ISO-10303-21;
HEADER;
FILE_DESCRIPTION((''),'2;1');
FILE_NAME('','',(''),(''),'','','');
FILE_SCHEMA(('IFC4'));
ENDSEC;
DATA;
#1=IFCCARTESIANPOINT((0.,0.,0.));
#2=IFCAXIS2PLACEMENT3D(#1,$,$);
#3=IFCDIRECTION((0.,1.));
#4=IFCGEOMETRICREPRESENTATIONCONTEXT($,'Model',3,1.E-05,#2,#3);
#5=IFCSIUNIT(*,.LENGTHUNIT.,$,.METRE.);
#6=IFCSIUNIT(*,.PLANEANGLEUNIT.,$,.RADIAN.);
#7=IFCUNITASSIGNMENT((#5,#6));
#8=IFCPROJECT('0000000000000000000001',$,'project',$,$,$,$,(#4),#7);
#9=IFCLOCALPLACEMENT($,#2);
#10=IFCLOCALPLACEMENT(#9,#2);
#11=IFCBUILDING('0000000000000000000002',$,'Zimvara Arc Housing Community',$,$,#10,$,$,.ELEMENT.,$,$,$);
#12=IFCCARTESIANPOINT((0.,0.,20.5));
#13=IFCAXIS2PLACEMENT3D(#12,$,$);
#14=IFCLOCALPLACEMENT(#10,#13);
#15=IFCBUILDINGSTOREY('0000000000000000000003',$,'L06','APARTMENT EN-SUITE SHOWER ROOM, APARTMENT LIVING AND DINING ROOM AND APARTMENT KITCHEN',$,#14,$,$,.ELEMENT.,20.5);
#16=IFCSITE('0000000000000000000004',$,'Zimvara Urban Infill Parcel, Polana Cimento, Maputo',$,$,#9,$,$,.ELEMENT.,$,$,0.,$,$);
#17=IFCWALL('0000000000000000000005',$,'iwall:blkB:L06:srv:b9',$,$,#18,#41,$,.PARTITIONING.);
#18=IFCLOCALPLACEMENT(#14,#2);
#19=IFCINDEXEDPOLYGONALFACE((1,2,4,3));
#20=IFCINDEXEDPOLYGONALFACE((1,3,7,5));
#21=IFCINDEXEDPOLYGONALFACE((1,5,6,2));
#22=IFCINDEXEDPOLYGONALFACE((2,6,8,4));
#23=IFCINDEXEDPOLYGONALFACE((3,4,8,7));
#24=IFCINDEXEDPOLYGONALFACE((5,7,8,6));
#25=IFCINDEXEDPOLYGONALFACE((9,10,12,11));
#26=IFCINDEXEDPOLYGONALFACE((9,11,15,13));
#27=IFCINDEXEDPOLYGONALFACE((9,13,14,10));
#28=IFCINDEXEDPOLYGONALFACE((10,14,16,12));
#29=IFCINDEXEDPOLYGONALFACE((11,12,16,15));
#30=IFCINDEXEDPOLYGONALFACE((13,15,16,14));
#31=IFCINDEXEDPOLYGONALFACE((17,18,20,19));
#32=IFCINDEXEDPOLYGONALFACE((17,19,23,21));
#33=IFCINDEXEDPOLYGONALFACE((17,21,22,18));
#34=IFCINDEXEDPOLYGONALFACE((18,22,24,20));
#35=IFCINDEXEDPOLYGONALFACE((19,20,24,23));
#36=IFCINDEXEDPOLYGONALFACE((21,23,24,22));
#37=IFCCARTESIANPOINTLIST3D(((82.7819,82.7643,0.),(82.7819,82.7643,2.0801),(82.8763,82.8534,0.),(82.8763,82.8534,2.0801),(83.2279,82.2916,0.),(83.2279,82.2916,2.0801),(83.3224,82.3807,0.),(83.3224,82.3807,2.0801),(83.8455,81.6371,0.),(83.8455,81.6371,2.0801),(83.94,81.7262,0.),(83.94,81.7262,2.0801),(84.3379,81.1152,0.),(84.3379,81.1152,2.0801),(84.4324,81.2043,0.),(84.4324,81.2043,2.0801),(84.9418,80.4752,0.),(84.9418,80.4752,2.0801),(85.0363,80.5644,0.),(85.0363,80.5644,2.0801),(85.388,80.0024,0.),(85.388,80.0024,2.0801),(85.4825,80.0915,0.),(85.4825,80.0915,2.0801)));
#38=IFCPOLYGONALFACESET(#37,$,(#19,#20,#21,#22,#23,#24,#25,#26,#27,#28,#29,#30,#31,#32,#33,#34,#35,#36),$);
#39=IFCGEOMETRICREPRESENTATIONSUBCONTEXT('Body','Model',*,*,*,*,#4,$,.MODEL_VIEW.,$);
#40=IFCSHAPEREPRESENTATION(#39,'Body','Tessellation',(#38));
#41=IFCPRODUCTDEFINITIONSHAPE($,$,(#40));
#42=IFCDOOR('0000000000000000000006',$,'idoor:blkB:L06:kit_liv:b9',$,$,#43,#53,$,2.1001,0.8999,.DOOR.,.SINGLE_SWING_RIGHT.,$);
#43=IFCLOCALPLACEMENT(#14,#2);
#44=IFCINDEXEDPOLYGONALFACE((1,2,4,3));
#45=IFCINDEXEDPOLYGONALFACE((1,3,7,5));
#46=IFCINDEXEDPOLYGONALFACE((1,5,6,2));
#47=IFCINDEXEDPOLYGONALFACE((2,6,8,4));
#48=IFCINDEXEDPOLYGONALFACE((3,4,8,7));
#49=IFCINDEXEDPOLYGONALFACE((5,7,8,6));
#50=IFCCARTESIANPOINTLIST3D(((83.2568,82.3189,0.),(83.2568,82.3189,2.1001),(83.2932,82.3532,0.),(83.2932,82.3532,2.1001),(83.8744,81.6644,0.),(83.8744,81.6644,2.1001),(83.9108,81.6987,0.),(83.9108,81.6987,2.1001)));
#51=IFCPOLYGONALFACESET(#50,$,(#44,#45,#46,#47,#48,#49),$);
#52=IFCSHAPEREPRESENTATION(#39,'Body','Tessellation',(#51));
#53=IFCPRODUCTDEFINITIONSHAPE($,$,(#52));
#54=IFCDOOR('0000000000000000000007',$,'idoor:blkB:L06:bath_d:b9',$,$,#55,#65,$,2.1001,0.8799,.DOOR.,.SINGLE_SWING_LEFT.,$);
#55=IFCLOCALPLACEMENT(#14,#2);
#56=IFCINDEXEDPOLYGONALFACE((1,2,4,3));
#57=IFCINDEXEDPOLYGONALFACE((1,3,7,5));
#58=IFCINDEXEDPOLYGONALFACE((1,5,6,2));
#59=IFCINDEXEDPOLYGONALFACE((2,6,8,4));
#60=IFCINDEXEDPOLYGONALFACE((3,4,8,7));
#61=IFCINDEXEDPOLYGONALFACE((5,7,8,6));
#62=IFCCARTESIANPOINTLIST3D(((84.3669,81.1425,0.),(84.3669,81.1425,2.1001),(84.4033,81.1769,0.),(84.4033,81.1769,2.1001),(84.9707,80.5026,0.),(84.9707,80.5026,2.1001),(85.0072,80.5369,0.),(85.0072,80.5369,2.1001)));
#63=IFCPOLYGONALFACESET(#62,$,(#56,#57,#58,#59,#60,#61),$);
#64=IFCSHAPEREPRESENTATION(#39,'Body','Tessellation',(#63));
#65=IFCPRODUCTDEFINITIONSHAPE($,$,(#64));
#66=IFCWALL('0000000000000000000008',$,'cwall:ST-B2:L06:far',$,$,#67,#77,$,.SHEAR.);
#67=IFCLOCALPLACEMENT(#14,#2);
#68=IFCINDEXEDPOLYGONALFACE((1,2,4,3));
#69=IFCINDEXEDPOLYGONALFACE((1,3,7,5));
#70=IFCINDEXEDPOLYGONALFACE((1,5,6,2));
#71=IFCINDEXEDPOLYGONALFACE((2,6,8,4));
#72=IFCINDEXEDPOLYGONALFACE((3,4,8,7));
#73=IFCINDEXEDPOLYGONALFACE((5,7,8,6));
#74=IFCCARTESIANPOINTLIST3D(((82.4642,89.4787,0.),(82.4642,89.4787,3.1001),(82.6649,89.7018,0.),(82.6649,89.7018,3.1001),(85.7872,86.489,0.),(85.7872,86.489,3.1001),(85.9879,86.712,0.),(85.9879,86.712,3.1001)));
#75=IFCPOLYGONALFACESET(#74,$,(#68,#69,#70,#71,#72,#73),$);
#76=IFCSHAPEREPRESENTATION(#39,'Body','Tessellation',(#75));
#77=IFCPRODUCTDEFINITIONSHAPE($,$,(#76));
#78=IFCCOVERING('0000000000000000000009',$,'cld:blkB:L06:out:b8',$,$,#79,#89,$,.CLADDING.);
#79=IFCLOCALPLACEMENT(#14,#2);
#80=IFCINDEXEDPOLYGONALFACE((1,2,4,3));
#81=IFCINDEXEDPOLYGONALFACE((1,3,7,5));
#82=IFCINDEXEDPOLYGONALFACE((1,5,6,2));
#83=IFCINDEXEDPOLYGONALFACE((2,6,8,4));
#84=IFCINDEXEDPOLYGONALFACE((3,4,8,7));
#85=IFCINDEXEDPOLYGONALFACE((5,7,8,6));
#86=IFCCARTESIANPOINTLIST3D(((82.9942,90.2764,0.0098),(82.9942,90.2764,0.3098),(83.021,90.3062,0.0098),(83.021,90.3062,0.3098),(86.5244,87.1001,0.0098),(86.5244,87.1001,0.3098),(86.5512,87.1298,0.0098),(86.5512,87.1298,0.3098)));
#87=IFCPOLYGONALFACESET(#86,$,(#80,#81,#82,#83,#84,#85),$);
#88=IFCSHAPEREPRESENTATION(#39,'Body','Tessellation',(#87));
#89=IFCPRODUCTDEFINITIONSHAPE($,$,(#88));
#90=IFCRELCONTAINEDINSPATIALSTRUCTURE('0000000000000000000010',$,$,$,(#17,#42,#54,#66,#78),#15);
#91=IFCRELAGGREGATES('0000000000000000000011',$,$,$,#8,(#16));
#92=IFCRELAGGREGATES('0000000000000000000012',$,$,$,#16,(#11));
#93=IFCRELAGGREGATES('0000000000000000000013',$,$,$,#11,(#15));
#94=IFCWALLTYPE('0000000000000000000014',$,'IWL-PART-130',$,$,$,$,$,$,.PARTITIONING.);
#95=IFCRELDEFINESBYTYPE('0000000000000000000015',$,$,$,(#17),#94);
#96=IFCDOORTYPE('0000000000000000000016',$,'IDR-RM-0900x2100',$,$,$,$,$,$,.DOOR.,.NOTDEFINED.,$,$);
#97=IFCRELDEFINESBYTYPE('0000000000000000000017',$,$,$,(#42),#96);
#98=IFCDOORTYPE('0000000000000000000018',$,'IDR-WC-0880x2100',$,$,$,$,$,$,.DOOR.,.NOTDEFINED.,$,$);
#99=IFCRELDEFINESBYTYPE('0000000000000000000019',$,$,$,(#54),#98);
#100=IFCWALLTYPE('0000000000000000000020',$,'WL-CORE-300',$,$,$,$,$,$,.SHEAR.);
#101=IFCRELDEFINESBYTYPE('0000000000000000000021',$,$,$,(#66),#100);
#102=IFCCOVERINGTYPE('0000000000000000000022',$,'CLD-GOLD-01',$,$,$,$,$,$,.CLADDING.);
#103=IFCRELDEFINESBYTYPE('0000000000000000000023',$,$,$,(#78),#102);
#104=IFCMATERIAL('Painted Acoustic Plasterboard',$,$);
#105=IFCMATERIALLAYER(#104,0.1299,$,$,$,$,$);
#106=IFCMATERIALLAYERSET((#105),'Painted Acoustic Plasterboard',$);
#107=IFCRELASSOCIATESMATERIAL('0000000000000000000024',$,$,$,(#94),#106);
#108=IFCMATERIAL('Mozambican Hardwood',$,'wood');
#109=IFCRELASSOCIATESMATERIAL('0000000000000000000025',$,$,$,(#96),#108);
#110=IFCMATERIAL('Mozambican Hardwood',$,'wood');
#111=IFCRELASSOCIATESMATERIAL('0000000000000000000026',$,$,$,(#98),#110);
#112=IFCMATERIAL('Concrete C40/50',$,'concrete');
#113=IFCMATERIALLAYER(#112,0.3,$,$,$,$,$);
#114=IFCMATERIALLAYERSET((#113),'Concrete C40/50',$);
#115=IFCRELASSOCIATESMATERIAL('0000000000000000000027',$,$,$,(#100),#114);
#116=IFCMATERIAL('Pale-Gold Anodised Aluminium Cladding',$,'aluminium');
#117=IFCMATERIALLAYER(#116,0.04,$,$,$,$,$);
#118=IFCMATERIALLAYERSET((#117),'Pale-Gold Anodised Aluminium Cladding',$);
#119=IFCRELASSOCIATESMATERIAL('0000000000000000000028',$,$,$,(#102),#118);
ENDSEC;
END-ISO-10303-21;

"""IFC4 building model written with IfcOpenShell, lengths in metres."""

from ifc_helpers import new_model, si_unit, direction, frame, frame_2d, origin, origin_2d, place, context, subcontext, project, spatial, rectangle, extrude, material, layer, layer_set, type_object, element, fill, save


model = new_model("IFC4")

# Units and contexts
model_context = context("Model", 3, precision=1e-05, world=origin(), true_north=direction((0.0, 1.0)))
body_context = subcontext(model_context, "Body", "Model", "MODEL_VIEW")
ifc_project = project(units=[si_unit("LENGTHUNIT", "METRE"), si_unit("PLANEANGLEUNIT", "RADIAN")], contexts=[model_context])

# Site, building, storey
site_placement = place(None, origin())
site = spatial("IfcSite", under=ifc_project, at=site_placement, Name="Zimvara Urban Infill Parcel, Polana Cimento, Maputo", CompositionType="ELEMENT", RefElevation=0.0)
building_placement = place(site_placement, origin())
building = spatial("IfcBuilding", under=site, at=building_placement, Name="Zimvara Arc Housing Community", CompositionType="ELEMENT")
storey_placement = place(building_placement, frame((0.0, 0.0, 20.5)))
storey = spatial("IfcBuildingStorey", under=building, at=storey_placement, Name="L06", Description="APARTMENT EN-SUITE SHOWER ROOM, APARTMENT LIVING AND DINING ROOM AND APARTMENT KITCHEN", CompositionType="ELEMENT", Elevation=20.5)

# Wall, openings, doors
ifc_material_1 = material(Name="Painted Acoustic Plasterboard")
ifc_layer_1 = layer(ifc_material_1, 0.1299)
ifc_layer_set_1 = layer_set([ifc_layer_1], Name="Painted Acoustic Plasterboard")
wall_type_1 = type_object("IfcWallType", Name="IWL-PART-130", PredefinedType="PARTITIONING", material=ifc_layer_set_1)
wall_1_placement = place(storey_placement, frame((82.8291, 82.8088, 0.0), z_axis=(0.0, 0.0, 1.0), x_axis=(0.686301, -0.727318, 0.0)))
wall_1 = element("IfcWall", 1, at=wall_1_placement, inside=storey, type_object=wall_type_1, Name="iwall:blkB:L06:srv:b9", PredefinedType="PARTITIONING", context=body_context, shape_type="SweptSolid", body=[
    extrude(rectangle(XDim=3.7974, YDim=0.1299, at=frame_2d((1.8987, 0.0))), origin(), (0.0, 0.0, 1.0), 2.0801),
])
opening_1_placement = place(wall_1_placement, frame((0.6499, 0.0, 0.0)))
opening_1 = element("IfcOpeningElement", 2, at=opening_1_placement, cuts=wall_1, PredefinedType="OPENING", context=body_context, shape_type="SweptSolid", body=[
    extrude(rectangle(XDim=0.8999, YDim=2.1001, at=frame_2d((0.45, 1.05))), frame((0.0, 0.075, 0.0), z_axis=(0.0, -1.0, 0.0), x_axis=(1.0, 0.0, 0.0)), (0.0, 0.0, 1.0), 0.1499),
])
opening_2_placement = place(wall_1_placement, frame((2.2673, 0.0, 0.0)))
opening_2 = element("IfcOpeningElement", 3, at=opening_2_placement, cuts=wall_1, PredefinedType="OPENING", context=body_context, shape_type="SweptSolid", body=[
    extrude(rectangle(XDim=0.8799, YDim=2.1001, at=frame_2d((0.4399, 1.05))), frame((0.0, 0.075, 0.0), z_axis=(0.0, -1.0, 0.0), x_axis=(1.0, 0.0, 0.0)), (0.0, 0.0, 1.0), 0.1499),
])
ifc_material_2 = material(Name="Mozambican Hardwood", Category="wood")
door_type_1 = type_object("IfcDoorType", Name="IDR-RM-0900x2100", OperationType="NOTDEFINED", PredefinedType="DOOR", material=ifc_material_2)
door_1_placement = place(opening_1_placement, origin())
door_1 = element("IfcDoor", 4, at=door_1_placement, inside=storey, type_object=door_type_1, Name="idoor:blkB:L06:kit_liv:b9", OperationType="SINGLE_SWING_RIGHT", OverallHeight=2.1001, OverallWidth=0.8999, PredefinedType="DOOR", context=body_context, shape_type="SweptSolid", body=[
    extrude(rectangle(XDim=0.8999, YDim=2.1001, at=frame_2d((0.45, 1.05))), frame((0.0, 0.0249, 0.0), z_axis=(0.0, -1.0, 0.0), x_axis=(1.0, 0.0, 0.0)), (0.0, 0.0, 1.0), 0.05),
])
fill(opening_1, door_1)
ifc_material_3 = material(Name="Mozambican Hardwood", Category="wood")
door_type_2 = type_object("IfcDoorType", Name="IDR-WC-0880x2100", OperationType="NOTDEFINED", PredefinedType="DOOR", material=ifc_material_3)
door_2_placement = place(opening_2_placement, origin())
door_2 = element("IfcDoor", 5, at=door_2_placement, inside=storey, type_object=door_type_2, Name="idoor:blkB:L06:bath_d:b9", OperationType="SINGLE_SWING_LEFT", OverallHeight=2.1001, OverallWidth=0.8799, PredefinedType="DOOR", context=body_context, shape_type="SweptSolid", body=[
    extrude(rectangle(XDim=0.8799, YDim=2.1001, at=frame_2d((0.4399, 1.05))), frame((0.0, 0.0249, 0.0), z_axis=(0.0, -1.0, 0.0), x_axis=(1.0, 0.0, 0.0)), (0.0, 0.0, 1.0), 0.05),
])
fill(opening_2, door_2)

# Wall
ifc_material_4 = material(Name="Concrete C40/50", Category="concrete")
ifc_layer_2 = layer(ifc_material_4, 0.3)
ifc_layer_set_2 = layer_set([ifc_layer_2], Name="Concrete C40/50")
wall_type_2 = type_object("IfcWallType", Name="WL-CORE-300", PredefinedType="SHEAR", material=ifc_layer_set_2)
wall_2_placement = place(storey_placement, frame((85.8875, 86.6006, 0.0), z_axis=(0.0, 0.0, 1.0), x_axis=(-0.7434, 0.668847, 0.0)))
element("IfcWall", 6, at=wall_2_placement, inside=storey, type_object=wall_type_2, Name="cwall:ST-B2:L06:far", PredefinedType="SHEAR", context=body_context, shape_type="SweptSolid", body=[
    extrude(rectangle(XDim=4.47, YDim=0.3, at=frame_2d((2.2349, 0.0))), origin(), (0.0, 0.0, 1.0), 3.1001),
])

# Covering
ifc_material_5 = material(Name="Pale-Gold Anodised Aluminium Cladding", Category="aluminium")
ifc_layer_3 = layer(ifc_material_5, 0.04)
ifc_layer_set_3 = layer_set([ifc_layer_3], Name="Pale-Gold Anodised Aluminium Cladding")
covering_type = type_object("IfcCoveringType", Name="CLD-GOLD-01", PredefinedType="CLADDING", material=ifc_layer_set_3)
covering_placement = place(storey_placement, frame((84.7727, 88.7031, 0.0098), z_axis=(0.0, 0.0, 1.0), x_axis=(0.743377, -0.668872, 0.0)))
element("IfcCovering", 7, at=covering_placement, inside=storey, type_object=covering_type, Name="cld:blkB:L06:out:b8", PredefinedType="CLADDING", context=body_context, shape_type="SweptSolid", body=[
    extrude(rectangle(XDim=4.7488, YDim=0.04, at=origin_2d()), origin(), (0.0, 0.0, 1.0), 0.3),
])

save(model, "model.ifc")
